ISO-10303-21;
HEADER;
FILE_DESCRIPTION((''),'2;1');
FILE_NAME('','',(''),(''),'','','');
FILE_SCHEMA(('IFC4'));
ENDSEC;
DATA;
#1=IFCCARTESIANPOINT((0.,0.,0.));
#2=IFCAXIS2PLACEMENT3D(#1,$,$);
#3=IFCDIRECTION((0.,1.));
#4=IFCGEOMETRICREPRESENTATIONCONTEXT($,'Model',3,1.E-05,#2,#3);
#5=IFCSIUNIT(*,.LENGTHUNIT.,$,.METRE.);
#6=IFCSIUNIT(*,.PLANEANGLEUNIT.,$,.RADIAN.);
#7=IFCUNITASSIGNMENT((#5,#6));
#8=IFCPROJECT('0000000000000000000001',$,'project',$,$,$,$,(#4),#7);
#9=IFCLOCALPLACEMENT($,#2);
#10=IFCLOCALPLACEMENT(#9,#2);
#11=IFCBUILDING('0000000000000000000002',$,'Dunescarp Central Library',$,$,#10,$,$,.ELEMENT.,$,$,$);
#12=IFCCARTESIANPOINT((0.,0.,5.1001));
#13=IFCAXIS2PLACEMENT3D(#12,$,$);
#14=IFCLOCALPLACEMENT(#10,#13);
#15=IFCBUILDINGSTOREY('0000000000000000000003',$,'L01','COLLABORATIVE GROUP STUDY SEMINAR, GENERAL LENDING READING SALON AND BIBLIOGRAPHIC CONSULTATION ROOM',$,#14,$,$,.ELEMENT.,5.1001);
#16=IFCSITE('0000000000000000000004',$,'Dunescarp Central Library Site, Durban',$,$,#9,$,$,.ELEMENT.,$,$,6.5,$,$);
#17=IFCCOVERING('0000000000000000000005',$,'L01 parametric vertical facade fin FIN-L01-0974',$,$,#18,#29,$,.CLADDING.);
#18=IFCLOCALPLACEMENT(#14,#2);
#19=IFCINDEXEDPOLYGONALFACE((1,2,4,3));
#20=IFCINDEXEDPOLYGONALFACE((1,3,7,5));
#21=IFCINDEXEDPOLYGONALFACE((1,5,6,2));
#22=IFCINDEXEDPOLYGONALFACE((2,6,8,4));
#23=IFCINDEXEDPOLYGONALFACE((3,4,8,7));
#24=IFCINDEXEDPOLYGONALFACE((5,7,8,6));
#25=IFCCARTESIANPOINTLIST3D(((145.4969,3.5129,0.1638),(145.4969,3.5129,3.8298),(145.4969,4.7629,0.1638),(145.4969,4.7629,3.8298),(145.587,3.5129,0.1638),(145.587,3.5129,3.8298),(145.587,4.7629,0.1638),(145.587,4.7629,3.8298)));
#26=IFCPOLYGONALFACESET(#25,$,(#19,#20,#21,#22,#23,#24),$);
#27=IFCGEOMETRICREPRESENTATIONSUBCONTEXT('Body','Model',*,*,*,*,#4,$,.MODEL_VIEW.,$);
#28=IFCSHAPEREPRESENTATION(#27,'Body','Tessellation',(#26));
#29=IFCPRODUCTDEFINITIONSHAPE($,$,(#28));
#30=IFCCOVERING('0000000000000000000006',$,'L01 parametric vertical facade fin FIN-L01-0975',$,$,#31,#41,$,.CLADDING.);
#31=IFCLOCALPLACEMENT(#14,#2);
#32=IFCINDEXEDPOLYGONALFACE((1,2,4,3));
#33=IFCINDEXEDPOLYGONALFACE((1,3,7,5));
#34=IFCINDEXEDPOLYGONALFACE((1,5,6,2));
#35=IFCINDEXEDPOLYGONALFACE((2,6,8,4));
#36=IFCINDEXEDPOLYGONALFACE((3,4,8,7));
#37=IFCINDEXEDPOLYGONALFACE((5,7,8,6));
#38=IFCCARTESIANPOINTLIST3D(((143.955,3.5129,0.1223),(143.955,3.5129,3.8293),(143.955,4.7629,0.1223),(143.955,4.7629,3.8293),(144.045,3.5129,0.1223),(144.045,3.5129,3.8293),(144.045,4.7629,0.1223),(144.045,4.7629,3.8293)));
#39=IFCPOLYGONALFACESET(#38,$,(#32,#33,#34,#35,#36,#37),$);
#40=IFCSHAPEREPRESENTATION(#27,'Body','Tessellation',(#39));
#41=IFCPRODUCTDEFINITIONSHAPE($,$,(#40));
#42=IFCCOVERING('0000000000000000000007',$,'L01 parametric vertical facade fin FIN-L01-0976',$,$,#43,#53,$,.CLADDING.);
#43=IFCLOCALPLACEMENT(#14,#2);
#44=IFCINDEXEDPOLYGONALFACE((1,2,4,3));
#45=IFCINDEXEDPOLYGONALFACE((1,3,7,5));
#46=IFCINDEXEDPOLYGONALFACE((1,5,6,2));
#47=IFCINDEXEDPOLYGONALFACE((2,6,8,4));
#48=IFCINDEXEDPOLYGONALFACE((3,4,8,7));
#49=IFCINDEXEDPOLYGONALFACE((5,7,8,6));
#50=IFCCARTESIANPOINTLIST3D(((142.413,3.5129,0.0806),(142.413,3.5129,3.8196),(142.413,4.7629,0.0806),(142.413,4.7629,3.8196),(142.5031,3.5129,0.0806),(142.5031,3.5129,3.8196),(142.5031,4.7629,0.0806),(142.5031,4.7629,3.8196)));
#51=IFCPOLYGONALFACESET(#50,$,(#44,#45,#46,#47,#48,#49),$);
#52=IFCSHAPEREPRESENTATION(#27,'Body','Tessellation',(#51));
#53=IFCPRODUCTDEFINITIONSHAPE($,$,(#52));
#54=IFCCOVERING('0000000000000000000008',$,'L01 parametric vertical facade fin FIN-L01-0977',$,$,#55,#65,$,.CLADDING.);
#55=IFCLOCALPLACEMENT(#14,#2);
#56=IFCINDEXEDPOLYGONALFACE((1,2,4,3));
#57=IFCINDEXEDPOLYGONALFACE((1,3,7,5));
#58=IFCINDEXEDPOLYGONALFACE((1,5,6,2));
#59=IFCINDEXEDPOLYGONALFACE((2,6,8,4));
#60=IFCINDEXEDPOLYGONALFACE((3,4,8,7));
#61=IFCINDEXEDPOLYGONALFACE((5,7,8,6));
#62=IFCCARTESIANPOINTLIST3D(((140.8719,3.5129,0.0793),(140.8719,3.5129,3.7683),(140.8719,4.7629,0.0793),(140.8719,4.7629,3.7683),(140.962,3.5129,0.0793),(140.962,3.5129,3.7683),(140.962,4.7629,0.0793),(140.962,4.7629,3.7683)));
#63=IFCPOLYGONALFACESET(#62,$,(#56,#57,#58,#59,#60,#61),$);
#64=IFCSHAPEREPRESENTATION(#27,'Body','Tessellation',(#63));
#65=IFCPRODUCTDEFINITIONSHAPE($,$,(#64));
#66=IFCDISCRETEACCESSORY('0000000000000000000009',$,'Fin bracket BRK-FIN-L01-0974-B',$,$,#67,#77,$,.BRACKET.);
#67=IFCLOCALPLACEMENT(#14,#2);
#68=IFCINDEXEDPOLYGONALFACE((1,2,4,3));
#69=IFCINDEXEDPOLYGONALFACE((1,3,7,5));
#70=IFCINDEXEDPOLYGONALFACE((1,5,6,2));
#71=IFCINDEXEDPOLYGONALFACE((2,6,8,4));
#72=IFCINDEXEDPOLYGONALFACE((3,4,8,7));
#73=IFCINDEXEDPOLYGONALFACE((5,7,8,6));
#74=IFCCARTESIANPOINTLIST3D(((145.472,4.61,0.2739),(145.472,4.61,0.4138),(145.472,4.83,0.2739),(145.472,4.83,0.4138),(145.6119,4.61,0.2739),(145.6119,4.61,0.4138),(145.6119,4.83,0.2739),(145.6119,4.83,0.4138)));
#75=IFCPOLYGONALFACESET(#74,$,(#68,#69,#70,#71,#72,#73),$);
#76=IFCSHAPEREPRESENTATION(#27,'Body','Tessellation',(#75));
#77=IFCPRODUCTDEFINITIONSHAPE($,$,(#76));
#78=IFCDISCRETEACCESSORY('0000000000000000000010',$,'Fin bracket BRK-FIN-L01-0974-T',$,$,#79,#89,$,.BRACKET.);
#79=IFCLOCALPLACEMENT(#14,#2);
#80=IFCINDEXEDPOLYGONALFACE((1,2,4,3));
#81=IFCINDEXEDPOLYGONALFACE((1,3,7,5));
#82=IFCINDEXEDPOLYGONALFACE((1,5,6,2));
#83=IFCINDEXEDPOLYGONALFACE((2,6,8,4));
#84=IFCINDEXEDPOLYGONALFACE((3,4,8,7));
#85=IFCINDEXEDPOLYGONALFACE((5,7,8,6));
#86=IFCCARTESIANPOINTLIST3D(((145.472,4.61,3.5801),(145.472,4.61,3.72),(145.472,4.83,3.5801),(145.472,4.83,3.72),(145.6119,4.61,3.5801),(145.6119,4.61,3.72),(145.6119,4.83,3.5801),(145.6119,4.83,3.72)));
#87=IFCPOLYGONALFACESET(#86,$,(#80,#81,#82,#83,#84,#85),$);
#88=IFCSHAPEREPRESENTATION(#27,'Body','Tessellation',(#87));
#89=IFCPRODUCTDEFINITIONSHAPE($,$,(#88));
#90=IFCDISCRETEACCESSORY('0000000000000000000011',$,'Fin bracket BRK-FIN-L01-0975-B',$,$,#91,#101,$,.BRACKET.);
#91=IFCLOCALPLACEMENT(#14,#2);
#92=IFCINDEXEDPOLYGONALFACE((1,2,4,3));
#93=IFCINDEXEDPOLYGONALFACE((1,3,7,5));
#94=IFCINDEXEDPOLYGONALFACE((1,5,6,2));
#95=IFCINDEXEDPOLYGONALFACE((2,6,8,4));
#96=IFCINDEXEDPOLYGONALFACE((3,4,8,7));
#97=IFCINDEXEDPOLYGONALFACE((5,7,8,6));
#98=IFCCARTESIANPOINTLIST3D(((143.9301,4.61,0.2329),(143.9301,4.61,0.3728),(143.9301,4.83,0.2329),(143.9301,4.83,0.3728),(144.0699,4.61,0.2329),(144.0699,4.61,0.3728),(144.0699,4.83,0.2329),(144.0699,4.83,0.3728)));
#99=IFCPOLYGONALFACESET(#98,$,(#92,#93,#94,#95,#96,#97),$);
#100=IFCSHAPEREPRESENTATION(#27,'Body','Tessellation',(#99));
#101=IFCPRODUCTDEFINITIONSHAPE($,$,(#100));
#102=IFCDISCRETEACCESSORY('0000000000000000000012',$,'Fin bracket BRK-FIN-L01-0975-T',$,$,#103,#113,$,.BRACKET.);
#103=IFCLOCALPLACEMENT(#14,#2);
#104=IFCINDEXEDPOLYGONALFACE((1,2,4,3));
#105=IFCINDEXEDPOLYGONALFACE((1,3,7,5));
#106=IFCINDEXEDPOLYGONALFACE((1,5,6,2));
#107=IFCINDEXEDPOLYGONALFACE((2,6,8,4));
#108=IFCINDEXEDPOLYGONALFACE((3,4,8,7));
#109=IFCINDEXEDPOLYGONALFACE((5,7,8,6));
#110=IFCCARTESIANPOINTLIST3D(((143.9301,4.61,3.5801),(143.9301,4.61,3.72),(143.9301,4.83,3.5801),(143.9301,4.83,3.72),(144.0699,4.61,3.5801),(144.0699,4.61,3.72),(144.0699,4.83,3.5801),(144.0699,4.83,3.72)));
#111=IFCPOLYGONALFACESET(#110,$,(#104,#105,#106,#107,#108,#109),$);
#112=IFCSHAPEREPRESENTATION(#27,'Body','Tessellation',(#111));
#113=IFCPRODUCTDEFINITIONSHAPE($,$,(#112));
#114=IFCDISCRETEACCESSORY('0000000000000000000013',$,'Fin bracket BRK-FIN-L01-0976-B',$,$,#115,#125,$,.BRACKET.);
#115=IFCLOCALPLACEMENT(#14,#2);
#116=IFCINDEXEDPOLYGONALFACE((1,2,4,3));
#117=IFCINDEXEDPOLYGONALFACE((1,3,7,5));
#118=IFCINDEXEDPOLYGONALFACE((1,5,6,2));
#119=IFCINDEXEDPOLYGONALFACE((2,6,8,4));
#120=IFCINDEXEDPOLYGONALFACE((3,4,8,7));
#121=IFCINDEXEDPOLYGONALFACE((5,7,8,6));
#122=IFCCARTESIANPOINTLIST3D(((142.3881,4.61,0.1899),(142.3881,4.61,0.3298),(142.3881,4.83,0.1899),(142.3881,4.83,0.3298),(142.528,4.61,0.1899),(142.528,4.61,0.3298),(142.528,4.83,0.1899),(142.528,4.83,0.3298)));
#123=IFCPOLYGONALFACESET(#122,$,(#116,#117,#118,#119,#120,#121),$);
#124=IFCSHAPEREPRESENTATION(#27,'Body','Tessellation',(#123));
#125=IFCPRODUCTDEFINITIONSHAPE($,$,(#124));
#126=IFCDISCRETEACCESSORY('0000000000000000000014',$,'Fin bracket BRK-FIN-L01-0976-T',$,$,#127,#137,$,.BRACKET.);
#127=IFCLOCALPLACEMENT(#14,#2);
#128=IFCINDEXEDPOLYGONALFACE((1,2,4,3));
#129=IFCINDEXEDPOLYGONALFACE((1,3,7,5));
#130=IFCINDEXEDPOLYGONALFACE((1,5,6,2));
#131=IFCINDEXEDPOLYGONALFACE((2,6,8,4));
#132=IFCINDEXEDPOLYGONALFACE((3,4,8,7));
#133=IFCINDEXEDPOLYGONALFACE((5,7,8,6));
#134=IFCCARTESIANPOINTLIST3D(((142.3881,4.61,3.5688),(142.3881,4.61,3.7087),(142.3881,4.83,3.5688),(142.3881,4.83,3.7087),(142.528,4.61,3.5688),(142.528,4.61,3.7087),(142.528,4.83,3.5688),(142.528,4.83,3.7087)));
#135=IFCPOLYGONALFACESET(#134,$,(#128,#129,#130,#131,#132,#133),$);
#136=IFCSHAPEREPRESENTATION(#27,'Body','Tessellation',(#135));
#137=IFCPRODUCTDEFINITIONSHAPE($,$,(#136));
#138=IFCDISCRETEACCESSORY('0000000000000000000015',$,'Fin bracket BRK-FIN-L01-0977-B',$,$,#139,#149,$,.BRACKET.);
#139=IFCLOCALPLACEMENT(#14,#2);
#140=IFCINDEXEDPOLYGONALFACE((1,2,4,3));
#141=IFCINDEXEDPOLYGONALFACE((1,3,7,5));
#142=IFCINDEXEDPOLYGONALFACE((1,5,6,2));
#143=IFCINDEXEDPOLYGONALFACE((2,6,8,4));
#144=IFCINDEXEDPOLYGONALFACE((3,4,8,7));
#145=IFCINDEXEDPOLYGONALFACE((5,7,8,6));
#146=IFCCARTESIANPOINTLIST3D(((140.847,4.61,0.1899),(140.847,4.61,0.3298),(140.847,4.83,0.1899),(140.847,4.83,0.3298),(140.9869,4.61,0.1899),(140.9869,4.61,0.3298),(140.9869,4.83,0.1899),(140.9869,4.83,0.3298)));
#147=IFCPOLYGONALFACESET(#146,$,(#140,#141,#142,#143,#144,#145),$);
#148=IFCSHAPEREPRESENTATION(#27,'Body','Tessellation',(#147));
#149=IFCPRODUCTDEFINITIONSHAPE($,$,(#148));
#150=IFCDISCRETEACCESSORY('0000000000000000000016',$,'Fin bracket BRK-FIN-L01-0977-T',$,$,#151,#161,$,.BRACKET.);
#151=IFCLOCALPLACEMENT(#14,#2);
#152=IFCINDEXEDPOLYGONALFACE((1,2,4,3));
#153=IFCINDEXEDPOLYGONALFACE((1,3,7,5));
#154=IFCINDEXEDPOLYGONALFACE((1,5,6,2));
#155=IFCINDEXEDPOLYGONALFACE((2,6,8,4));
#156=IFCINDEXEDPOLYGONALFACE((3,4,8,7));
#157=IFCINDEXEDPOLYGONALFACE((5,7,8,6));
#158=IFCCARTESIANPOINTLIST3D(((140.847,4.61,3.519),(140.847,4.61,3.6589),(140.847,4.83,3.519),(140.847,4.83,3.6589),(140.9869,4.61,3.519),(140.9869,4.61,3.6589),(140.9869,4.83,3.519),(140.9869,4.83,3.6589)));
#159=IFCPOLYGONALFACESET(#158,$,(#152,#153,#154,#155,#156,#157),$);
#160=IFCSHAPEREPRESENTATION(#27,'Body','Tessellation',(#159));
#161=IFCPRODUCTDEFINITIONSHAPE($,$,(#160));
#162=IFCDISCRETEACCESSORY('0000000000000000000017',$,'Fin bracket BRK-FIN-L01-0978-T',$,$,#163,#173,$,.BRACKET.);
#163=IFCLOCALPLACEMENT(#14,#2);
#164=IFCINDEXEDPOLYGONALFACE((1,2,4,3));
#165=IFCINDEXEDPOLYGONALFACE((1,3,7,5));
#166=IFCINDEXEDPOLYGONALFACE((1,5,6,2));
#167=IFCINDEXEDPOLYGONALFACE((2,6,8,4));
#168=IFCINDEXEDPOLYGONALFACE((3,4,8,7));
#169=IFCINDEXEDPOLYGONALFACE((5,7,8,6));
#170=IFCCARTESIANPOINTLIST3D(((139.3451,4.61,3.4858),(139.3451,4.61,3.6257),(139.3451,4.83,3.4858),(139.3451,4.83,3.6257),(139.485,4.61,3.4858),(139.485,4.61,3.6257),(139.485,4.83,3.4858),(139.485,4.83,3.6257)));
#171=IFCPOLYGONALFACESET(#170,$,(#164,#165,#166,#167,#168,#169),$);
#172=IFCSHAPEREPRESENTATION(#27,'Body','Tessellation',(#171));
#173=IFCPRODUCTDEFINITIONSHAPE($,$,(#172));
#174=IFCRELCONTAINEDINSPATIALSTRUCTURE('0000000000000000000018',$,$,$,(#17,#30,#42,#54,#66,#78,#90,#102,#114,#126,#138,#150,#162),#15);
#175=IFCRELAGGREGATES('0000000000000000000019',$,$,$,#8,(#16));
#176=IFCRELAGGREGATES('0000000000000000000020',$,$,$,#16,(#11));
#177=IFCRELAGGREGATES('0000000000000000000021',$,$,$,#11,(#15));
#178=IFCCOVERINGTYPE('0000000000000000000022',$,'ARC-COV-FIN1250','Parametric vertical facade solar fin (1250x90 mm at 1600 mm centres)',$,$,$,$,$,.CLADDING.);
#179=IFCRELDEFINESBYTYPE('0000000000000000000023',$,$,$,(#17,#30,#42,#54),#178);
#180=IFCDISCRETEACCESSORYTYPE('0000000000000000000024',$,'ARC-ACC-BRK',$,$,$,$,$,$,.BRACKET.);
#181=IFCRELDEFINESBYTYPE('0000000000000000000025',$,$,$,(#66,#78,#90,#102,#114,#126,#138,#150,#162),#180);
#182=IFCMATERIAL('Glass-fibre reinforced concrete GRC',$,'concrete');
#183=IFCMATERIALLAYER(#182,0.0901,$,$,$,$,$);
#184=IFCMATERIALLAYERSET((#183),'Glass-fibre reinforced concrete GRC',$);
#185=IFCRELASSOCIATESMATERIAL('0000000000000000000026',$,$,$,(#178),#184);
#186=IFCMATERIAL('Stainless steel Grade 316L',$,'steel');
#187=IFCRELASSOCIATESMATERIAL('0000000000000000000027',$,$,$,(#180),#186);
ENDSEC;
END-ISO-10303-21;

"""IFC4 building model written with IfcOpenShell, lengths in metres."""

from ifc_helpers import new_model, si_unit, direction, frame, origin, origin_2d, place, context, subcontext, project, spatial, rectangle, extrude, material, layer, layer_set, type_object, element, save


model = new_model("IFC4")

# Units and contexts
model_context = context("Model", 3, precision=1e-05, world=origin(), true_north=direction((0.0, 1.0)))
body_context = subcontext(model_context, "Body", "Model", "MODEL_VIEW")
ifc_project = project(units=[si_unit("LENGTHUNIT", "METRE"), si_unit("PLANEANGLEUNIT", "RADIAN")], contexts=[model_context])

# Site, building, storey
site_placement = place(None, origin())
site = spatial("IfcSite", under=ifc_project, at=site_placement, Name="Dunescarp Central Library Site, Durban", CompositionType="ELEMENT", RefElevation=6.5)
building_placement = place(site_placement, origin())
building = spatial("IfcBuilding", under=site, at=building_placement, Name="Dunescarp Central Library", CompositionType="ELEMENT")
storey_placement = place(building_placement, frame((0.0, 0.0, 5.1001)))
storey = spatial("IfcBuildingStorey", under=building, at=storey_placement, Name="L01", Description="COLLABORATIVE GROUP STUDY SEMINAR, GENERAL LENDING READING SALON AND BIBLIOGRAPHIC CONSULTATION ROOM", CompositionType="ELEMENT", Elevation=5.1001)

# Coverings
ifc_material_1 = material(Name="Glass-fibre reinforced concrete GRC", Category="concrete")
ifc_layer_1 = layer(ifc_material_1, 0.0901)
ifc_layer_set_1 = layer_set([ifc_layer_1], Name="Glass-fibre reinforced concrete GRC")
covering_type = type_object("IfcCoveringType", Name="ARC-COV-FIN1250", Description="Parametric vertical facade solar fin (1250x90 mm at 1600 mm centres)", PredefinedType="CLADDING", material=ifc_layer_set_1)
covering_1_placement = place(storey_placement, frame((145.542, 4.1379, 0.1638), z_axis=(0.0, 0.0, 1.0), x_axis=(0.0, -1.0, 0.0)))
element("IfcCovering", 1, at=covering_1_placement, inside=storey, type_object=covering_type, Name="L01 parametric vertical facade fin FIN-L01-0974", PredefinedType="CLADDING", context=body_context, shape_type="SweptSolid", body=[
    extrude(rectangle(XDim=1.25, YDim=0.0901, at=origin_2d()), origin(), (0.0, 0.0, 1.0), 3.666),
])
covering_2_placement = place(storey_placement, frame((144.0, 4.1379, 0.1223), z_axis=(0.0, 0.0, 1.0), x_axis=(0.0, -1.0, 0.0)))
element("IfcCovering", 2, at=covering_2_placement, inside=storey, type_object=covering_type, Name="L01 parametric vertical facade fin FIN-L01-0975", PredefinedType="CLADDING", context=body_context, shape_type="SweptSolid", body=[
    extrude(rectangle(XDim=1.25, YDim=0.0901, at=origin_2d()), origin(), (0.0, 0.0, 1.0), 3.707),
])
covering_3_placement = place(storey_placement, frame((142.458, 4.1379, 0.0806), z_axis=(0.0, 0.0, 1.0), x_axis=(0.0, -1.0, 0.0)))
element("IfcCovering", 3, at=covering_3_placement, inside=storey, type_object=covering_type, Name="L01 parametric vertical facade fin FIN-L01-0976", PredefinedType="CLADDING", context=body_context, shape_type="SweptSolid", body=[
    extrude(rectangle(XDim=1.25, YDim=0.0901, at=origin_2d()), origin(), (0.0, 0.0, 1.0), 3.739),
])
covering_4_placement = place(storey_placement, frame((140.917, 4.1379, 0.0793), z_axis=(0.0, 0.0, 1.0), x_axis=(0.0, -1.0, 0.0)))
element("IfcCovering", 4, at=covering_4_placement, inside=storey, type_object=covering_type, Name="L01 parametric vertical facade fin FIN-L01-0977", PredefinedType="CLADDING", context=body_context, shape_type="SweptSolid", body=[
    extrude(rectangle(XDim=1.25, YDim=0.0901, at=origin_2d()), origin(), (0.0, 0.0, 1.0), 3.689),
])

# Discrete accessories
ifc_material_2 = material(Name="Stainless steel Grade 316L", Category="steel")
discrete_accessory_type = type_object("IfcDiscreteAccessoryType", Name="ARC-ACC-BRK", PredefinedType="BRACKET", material=ifc_material_2)
for number, where, z_axis, x_axis, name in (
    (5, (145.542, 4.72, 0.2739), (0.0, 0.0, 1.0), (0.0, -1.0, 0.0), "Fin bracket BRK-FIN-L01-0974-B"),
    (6, (145.542, 4.72, 3.5801), (0.0, 0.0, 1.0), (0.0, -1.0, 0.0), "Fin bracket BRK-FIN-L01-0974-T"),
    (7, (144.0, 4.72, 0.2329), (0.0, 0.0, 1.0), (0.0, -1.0, 0.0), "Fin bracket BRK-FIN-L01-0975-B"),
    (8, (144.0, 4.72, 3.5801), (0.0, 0.0, 1.0), (0.0, -1.0, 0.0), "Fin bracket BRK-FIN-L01-0975-T"),
    (9, (142.458, 4.72, 0.1899), (0.0, 0.0, 1.0), (0.0, -1.0, 0.0), "Fin bracket BRK-FIN-L01-0976-B"),
    (10, (142.458, 4.72, 3.5688), (0.0, 0.0, 1.0), (0.0, -1.0, 0.0), "Fin bracket BRK-FIN-L01-0976-T"),
    (11, (140.917, 4.72, 0.1899), (0.0, 0.0, 1.0), (0.0, -1.0, 0.0), "Fin bracket BRK-FIN-L01-0977-B"),
    (12, (140.917, 4.72, 3.519), (0.0, 0.0, 1.0), (0.0, -1.0, 0.0), "Fin bracket BRK-FIN-L01-0977-T"),
    (13, (139.415, 4.72, 3.4858), (0.0, 0.0, 1.0), (0.0, -1.0, 0.0), "Fin bracket BRK-FIN-L01-0978-T"),
):
    element("IfcDiscreteAccessory", number, at=place(storey_placement, frame(where, z_axis=z_axis, x_axis=x_axis)), inside=storey, type_object=discrete_accessory_type, Name=name, PredefinedType="BRACKET", context=body_context, shape_type="SweptSolid", body=[
        extrude(rectangle(XDim=0.22, YDim=0.1399, at=origin_2d()), origin(), (0.0, 0.0, 1.0), 0.1399),
    ])

save(model, "model.ifc")
